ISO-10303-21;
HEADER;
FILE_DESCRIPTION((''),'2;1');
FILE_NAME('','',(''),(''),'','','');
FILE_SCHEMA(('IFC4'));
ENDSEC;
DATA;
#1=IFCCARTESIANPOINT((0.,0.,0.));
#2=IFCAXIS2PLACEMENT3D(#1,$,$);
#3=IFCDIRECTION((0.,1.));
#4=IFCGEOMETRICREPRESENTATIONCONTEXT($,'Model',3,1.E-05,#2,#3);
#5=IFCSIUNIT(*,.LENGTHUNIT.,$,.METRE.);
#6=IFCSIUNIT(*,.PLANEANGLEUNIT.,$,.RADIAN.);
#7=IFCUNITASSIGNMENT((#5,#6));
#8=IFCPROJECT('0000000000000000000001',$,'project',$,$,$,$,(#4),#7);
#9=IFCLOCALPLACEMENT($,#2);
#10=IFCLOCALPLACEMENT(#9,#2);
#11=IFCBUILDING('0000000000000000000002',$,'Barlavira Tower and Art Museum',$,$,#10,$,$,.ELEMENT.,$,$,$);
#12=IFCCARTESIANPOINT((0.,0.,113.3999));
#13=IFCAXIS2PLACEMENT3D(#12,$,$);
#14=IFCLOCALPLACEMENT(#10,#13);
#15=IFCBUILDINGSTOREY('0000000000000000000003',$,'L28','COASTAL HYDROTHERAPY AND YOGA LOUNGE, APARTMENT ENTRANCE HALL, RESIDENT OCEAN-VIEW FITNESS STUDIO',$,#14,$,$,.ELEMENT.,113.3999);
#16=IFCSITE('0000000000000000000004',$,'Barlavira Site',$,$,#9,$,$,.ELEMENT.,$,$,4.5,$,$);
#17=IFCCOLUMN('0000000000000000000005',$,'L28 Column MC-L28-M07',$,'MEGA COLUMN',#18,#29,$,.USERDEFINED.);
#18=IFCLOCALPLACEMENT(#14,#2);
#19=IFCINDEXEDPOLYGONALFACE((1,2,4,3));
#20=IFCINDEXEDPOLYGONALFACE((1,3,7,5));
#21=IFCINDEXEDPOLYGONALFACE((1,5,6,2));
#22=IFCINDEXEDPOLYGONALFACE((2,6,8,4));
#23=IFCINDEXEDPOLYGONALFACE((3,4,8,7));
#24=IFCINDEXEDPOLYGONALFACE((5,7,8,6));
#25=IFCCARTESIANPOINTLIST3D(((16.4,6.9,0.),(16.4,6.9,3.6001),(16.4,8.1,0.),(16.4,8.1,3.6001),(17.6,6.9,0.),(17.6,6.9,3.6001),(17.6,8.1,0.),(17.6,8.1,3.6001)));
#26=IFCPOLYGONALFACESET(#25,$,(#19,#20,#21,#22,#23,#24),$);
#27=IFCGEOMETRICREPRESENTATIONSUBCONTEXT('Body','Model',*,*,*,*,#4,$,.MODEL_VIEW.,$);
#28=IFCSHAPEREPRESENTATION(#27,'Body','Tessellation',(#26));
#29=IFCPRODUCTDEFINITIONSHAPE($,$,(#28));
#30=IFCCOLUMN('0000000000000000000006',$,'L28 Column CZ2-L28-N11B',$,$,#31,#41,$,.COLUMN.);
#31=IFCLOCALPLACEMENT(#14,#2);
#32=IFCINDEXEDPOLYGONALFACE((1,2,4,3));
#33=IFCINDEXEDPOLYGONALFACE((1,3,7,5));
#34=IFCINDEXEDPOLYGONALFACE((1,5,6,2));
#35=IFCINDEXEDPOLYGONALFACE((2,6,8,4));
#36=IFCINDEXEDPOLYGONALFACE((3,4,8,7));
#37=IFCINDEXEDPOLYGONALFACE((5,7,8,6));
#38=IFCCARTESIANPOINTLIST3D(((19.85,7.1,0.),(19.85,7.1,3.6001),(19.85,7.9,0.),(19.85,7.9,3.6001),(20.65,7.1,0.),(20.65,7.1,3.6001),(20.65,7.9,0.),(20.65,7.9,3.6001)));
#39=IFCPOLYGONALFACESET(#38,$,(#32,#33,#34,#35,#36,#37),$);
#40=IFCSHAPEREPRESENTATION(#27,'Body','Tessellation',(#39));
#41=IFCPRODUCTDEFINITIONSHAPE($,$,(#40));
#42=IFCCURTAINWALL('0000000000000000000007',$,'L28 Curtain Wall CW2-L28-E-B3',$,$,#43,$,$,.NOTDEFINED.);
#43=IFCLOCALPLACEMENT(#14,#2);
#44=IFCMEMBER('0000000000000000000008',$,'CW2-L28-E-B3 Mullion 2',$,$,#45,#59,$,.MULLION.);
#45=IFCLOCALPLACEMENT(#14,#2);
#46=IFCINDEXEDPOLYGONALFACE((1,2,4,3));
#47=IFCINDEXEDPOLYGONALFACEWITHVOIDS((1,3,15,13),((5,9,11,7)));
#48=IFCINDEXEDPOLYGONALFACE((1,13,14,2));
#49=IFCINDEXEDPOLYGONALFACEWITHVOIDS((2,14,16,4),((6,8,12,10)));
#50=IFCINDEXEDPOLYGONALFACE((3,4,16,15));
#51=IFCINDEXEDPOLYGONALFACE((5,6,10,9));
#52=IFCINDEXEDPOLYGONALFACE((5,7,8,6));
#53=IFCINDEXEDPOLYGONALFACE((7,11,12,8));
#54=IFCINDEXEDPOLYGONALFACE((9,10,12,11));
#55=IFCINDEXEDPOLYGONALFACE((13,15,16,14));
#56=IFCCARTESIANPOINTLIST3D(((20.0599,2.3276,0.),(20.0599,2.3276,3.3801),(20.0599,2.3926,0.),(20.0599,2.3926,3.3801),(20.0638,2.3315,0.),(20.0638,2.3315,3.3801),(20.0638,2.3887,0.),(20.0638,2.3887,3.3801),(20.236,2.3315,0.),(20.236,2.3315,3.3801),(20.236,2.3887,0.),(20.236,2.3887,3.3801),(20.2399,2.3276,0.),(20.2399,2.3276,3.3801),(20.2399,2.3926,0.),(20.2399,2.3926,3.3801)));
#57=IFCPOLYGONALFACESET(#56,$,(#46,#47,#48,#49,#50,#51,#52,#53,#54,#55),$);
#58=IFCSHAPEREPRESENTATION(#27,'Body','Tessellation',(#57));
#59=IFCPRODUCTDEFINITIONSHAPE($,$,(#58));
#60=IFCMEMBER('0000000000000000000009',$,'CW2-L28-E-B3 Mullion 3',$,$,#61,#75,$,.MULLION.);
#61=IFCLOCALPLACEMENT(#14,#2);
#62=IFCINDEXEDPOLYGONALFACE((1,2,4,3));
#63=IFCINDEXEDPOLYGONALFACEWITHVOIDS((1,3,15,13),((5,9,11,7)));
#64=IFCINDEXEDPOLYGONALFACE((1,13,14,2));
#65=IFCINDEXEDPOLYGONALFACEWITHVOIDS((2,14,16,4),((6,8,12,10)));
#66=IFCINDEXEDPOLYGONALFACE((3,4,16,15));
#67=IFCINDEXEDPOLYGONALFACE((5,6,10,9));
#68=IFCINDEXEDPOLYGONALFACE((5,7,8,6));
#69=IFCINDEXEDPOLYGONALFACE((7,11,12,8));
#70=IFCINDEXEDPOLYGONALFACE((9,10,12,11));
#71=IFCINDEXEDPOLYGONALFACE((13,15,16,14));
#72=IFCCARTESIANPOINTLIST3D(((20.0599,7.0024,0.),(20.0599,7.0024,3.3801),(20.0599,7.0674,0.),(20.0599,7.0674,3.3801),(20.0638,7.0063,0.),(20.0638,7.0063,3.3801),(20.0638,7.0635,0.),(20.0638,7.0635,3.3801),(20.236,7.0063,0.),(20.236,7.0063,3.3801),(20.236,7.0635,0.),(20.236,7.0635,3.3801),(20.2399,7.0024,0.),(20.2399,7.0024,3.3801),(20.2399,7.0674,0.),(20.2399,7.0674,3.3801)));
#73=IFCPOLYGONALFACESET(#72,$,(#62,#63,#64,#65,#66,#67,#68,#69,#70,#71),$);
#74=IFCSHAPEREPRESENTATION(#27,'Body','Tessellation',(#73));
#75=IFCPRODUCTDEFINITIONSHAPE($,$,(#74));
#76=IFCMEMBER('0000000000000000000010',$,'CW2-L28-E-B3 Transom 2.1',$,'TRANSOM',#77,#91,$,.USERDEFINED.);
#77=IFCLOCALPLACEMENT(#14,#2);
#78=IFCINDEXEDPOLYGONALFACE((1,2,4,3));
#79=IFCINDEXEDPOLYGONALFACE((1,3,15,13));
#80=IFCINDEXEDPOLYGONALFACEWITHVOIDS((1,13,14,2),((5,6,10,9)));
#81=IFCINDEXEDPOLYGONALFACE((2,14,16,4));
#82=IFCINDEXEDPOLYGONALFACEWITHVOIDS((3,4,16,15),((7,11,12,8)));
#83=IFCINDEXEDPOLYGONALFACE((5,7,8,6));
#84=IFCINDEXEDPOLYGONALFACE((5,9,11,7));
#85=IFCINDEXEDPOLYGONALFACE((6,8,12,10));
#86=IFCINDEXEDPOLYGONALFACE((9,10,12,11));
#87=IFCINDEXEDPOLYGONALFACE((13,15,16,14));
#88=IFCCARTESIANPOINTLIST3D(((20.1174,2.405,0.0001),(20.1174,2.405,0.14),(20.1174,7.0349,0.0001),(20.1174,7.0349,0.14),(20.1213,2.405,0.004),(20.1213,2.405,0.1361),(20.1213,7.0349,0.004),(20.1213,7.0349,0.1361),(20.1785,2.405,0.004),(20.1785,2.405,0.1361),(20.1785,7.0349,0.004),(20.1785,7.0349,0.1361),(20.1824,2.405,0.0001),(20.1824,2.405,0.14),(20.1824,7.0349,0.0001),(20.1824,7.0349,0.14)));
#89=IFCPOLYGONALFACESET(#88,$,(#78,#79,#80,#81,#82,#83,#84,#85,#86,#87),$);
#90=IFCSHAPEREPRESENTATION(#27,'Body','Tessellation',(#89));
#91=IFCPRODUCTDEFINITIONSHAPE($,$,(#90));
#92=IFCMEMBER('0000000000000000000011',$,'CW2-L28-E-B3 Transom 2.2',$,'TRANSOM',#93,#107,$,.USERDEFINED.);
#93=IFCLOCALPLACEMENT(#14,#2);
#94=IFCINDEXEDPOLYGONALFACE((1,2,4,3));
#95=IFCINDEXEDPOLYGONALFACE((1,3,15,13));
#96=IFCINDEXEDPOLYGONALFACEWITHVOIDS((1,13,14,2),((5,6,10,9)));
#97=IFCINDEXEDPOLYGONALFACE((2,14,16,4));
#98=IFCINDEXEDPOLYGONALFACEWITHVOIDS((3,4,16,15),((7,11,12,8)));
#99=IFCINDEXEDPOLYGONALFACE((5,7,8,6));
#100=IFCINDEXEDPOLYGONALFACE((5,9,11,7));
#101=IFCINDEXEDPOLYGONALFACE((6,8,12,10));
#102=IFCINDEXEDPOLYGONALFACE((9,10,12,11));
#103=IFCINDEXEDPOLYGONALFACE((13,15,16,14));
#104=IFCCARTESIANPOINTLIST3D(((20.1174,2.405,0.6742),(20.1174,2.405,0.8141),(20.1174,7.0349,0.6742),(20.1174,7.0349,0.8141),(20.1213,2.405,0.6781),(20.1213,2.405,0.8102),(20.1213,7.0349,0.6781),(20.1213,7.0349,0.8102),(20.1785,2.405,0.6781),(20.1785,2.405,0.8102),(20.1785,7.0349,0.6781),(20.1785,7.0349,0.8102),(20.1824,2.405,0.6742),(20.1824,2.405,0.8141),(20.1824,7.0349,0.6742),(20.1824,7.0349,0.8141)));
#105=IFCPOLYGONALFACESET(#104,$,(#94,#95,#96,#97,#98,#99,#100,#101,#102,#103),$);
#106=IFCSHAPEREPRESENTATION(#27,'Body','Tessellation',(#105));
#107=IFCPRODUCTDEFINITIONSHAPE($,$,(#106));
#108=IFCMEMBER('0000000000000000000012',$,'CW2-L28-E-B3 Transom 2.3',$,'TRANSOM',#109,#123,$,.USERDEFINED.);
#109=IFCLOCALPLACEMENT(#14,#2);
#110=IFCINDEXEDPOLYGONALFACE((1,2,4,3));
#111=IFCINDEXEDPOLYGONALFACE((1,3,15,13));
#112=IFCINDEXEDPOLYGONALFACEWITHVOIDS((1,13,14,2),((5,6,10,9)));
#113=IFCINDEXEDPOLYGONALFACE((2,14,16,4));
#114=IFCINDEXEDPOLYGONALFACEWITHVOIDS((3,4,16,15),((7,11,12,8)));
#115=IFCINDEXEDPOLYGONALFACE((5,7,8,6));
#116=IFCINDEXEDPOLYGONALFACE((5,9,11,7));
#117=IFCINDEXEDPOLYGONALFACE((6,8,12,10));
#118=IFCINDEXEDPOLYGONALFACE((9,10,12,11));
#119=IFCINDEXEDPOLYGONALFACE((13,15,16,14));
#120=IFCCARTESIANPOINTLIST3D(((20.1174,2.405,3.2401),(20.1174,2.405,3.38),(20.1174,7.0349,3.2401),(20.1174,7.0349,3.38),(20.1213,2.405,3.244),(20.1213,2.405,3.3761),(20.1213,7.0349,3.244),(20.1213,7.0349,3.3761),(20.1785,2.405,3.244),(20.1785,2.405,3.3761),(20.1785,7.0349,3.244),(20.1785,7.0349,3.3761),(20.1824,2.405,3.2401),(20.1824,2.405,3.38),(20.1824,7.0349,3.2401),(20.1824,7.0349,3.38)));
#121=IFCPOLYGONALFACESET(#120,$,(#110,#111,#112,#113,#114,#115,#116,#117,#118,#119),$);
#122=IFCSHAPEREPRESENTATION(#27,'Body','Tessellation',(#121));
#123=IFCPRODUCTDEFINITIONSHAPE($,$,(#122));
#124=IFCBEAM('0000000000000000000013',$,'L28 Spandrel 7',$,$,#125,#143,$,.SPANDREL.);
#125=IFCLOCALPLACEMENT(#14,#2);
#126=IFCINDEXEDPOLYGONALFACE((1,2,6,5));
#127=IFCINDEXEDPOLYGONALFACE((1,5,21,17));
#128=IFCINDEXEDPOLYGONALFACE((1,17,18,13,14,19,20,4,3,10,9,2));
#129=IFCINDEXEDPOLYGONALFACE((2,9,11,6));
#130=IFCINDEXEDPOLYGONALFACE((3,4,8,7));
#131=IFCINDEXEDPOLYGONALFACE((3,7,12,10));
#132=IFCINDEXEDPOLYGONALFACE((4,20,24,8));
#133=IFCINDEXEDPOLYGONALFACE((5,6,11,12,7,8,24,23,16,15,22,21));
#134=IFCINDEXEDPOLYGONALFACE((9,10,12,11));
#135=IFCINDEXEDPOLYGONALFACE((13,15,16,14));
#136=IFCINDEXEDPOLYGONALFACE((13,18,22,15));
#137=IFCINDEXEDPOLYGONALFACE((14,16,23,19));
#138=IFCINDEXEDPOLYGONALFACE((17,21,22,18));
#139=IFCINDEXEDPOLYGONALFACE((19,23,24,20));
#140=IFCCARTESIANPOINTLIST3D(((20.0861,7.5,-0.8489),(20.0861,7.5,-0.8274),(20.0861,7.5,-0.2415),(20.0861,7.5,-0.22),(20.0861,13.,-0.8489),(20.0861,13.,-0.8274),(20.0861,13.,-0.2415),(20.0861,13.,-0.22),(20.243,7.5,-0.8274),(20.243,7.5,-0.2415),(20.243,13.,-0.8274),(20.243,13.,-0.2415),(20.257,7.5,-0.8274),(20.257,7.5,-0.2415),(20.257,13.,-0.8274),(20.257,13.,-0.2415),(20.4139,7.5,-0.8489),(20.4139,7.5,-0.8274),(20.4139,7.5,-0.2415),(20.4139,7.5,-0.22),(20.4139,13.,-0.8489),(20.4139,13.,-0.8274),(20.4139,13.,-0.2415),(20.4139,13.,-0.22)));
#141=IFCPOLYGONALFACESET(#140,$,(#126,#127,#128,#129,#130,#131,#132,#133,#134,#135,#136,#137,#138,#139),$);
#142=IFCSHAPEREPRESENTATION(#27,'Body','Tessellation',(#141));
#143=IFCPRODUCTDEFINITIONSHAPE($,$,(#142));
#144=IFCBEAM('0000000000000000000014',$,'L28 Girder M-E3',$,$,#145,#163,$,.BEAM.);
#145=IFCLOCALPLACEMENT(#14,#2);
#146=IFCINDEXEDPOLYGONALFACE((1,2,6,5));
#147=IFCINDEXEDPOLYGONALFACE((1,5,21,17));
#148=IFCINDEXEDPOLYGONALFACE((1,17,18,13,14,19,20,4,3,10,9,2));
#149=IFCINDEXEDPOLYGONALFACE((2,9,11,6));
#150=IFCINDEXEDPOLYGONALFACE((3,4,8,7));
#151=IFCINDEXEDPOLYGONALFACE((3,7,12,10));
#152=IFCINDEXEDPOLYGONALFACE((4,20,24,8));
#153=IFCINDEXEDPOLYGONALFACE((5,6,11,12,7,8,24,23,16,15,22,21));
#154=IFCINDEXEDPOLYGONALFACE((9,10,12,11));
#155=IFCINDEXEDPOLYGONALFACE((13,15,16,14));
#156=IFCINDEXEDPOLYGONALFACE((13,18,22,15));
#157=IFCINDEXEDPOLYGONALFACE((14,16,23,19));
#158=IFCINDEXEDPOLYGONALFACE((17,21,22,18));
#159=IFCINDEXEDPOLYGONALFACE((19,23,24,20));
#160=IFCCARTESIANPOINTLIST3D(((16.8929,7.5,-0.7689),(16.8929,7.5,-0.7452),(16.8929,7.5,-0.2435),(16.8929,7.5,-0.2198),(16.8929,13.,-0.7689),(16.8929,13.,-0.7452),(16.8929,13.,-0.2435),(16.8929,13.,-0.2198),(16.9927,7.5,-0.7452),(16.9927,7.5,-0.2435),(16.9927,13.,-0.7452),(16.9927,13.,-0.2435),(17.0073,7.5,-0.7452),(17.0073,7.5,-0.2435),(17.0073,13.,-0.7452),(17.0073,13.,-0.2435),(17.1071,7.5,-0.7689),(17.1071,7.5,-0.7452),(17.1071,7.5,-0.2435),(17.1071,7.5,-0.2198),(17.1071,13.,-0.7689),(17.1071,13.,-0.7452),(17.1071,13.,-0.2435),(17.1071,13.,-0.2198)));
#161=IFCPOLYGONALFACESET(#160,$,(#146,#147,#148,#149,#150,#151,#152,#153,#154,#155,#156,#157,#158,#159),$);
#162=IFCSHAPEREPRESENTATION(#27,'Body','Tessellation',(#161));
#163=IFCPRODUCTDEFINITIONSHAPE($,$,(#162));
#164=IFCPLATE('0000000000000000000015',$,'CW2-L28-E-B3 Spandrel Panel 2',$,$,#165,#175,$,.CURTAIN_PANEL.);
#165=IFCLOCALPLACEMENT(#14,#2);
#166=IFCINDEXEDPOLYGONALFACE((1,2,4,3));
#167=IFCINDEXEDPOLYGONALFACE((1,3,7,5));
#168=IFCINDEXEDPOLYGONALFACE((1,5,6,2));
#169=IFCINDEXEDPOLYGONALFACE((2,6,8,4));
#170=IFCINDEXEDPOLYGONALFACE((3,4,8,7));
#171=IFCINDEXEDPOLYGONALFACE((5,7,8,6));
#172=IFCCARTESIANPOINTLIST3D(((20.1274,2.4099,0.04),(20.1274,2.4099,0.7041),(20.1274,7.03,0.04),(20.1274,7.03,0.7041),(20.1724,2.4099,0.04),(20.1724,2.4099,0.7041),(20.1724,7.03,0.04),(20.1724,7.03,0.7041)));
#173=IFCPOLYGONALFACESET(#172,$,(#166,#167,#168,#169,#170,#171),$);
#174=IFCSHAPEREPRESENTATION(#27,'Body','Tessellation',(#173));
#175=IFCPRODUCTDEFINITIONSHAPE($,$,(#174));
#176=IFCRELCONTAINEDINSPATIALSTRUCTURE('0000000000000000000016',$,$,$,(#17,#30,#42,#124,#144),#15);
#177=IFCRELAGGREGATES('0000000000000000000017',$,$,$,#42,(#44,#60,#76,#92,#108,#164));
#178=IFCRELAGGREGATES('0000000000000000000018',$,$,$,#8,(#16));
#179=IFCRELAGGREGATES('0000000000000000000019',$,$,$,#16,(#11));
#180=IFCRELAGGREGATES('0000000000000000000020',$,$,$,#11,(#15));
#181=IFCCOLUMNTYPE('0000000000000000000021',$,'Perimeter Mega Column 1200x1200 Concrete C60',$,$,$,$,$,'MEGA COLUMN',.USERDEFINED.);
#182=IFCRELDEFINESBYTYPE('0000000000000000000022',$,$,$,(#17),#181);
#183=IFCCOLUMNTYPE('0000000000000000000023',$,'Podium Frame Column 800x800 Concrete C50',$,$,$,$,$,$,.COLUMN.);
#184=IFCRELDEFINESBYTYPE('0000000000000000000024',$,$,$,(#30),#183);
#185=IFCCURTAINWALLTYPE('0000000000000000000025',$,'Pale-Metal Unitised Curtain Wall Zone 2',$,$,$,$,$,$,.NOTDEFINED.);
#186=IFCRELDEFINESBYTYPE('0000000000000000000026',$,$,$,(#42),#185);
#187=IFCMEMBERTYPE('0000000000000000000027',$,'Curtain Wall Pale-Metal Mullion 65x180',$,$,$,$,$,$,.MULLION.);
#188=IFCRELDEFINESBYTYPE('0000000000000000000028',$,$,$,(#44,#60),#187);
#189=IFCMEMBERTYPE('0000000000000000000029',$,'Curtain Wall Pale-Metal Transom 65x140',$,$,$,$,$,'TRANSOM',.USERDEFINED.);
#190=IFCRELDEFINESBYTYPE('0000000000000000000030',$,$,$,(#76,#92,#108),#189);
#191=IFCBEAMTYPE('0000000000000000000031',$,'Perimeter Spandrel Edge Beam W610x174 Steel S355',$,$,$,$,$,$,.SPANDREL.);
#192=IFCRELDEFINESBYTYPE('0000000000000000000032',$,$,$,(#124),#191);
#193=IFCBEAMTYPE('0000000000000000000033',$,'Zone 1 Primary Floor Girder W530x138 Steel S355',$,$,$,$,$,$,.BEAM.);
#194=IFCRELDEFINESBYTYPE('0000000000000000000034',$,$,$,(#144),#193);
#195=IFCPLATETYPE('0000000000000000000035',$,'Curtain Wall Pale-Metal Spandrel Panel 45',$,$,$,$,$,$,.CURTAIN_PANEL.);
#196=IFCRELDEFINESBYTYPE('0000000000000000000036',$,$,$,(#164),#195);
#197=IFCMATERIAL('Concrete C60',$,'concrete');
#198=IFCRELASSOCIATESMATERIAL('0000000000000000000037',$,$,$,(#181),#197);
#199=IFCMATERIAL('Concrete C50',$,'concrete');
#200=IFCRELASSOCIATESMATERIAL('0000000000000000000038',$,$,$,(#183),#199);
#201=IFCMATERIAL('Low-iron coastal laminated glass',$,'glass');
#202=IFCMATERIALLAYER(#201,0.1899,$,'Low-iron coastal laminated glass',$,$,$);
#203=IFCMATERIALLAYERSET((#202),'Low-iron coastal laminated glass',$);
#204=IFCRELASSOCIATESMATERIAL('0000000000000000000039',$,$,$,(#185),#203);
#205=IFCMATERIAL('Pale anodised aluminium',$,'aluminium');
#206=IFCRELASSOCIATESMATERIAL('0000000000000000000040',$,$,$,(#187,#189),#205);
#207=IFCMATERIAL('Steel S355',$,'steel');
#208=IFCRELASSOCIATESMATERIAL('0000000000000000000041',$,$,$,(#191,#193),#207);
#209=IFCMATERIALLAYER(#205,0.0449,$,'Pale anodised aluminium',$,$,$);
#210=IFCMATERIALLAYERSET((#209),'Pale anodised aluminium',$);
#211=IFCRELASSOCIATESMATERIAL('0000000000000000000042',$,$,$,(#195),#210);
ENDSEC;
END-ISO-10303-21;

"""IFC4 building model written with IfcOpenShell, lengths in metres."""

from ifc_helpers import new_model, si_unit, direction, frame, origin, origin_2d, place, context, subcontext, project, spatial, rectangle, hollow_rectangle, i_section, extrude, material, layer, layer_set, material_profile, profile_set, type_object, element, aggregate, save


model = new_model("IFC4")

# Units and contexts
model_context = context("Model", 3, precision=1e-05, world=origin(), true_north=direction((0.0, 1.0)))
body_context = subcontext(model_context, "Body", "Model", "MODEL_VIEW")
ifc_project = project(units=[si_unit("LENGTHUNIT", "METRE"), si_unit("PLANEANGLEUNIT", "RADIAN")], contexts=[model_context])

# Site, building, storey
site_placement = place(None, origin())
site = spatial("IfcSite", under=ifc_project, at=site_placement, Name="Barlavira Site", CompositionType="ELEMENT", RefElevation=4.5)
building_placement = place(site_placement, origin())
building = spatial("IfcBuilding", under=site, at=building_placement, Name="Barlavira Tower and Art Museum", CompositionType="ELEMENT")
storey_placement = place(building_placement, frame((0.0, 0.0, 113.3999)))
storey = spatial("IfcBuildingStorey", under=building, at=storey_placement, Name="L28", Description="COASTAL HYDROTHERAPY AND YOGA LOUNGE, APARTMENT ENTRANCE HALL, RESIDENT OCEAN-VIEW FITNESS STUDIO", CompositionType="ELEMENT", Elevation=113.3999)

# Columns
ifc_material_1 = material(Name="Concrete C60", Category="concrete")
ifc_material_profile_1 = material_profile(ifc_material_1, rectangle(XDim=1.2, YDim=1.2, at=origin_2d()), Name="RC-COL 1200x1200")
ifc_profile_set_1 = profile_set([ifc_material_profile_1], Name="Concrete C60")
column_type_1 = type_object("IfcColumnType", Name="Perimeter Mega Column 1200x1200 Concrete C60", ElementType="MEGA COLUMN", PredefinedType="USERDEFINED", material=ifc_profile_set_1)
column_1_placement = place(storey_placement, frame((17.0, 7.5, 0.0), z_axis=(0.0, 0.0, 1.0), x_axis=(1.0, 0.0, 0.0)))
element("IfcColumn", 1, at=column_1_placement, inside=storey, type_object=column_type_1, Name="L28 Column MC-L28-M07", ObjectType="MEGA COLUMN", PredefinedType="USERDEFINED", context=body_context, shape_type="SweptSolid", body=[
    extrude(rectangle(XDim=1.2, YDim=1.2, at=origin_2d()), origin(), (0.0, 0.0, 1.0), 3.6001),
])
ifc_material_2 = material(Name="Concrete C50", Category="concrete")
ifc_material_profile_2 = material_profile(ifc_material_2, rectangle(XDim=0.8, YDim=0.8, at=origin_2d()), Name="RC-COL 800x800")
ifc_profile_set_2 = profile_set([ifc_material_profile_2], Name="Concrete C50")
column_type_2 = type_object("IfcColumnType", Name="Podium Frame Column 800x800 Concrete C50", PredefinedType="COLUMN", material=ifc_profile_set_2)
column_2_placement = place(storey_placement, frame((20.25, 7.5, 0.0), z_axis=(0.0, 0.0, 1.0), x_axis=(1.0, 0.0, 0.0)))
element("IfcColumn", 2, at=column_2_placement, inside=storey, type_object=column_type_2, Name="L28 Column CZ2-L28-N11B", PredefinedType="COLUMN", context=body_context, shape_type="SweptSolid", body=[
    extrude(rectangle(XDim=0.8, YDim=0.8, at=origin_2d()), origin(), (0.0, 0.0, 1.0), 3.6001),
])

# Curtain wall, members
ifc_material_3 = material(Name="Low-iron coastal laminated glass", Category="glass")
ifc_layer_1 = layer(ifc_material_3, 0.1899, Name="Low-iron coastal laminated glass")
ifc_layer_set_1 = layer_set([ifc_layer_1], Name="Low-iron coastal laminated glass")
curtain_wall_type = type_object("IfcCurtainWallType", Name="Pale-Metal Unitised Curtain Wall Zone 2", PredefinedType="NOTDEFINED", material=ifc_layer_set_1)
curtain_wall_placement = place(storey_placement, origin())
curtain_wall = element("IfcCurtainWall", 3, at=curtain_wall_placement, inside=storey, type_object=curtain_wall_type, Name="L28 Curtain Wall CW2-L28-E-B3", PredefinedType="NOTDEFINED")
ifc_material_4 = material(Name="Pale anodised aluminium", Category="aluminium")
ifc_material_profile_3 = material_profile(ifc_material_4, hollow_rectangle(XDim=0.0649, YDim=0.1799, WallThickness=0.0039, at=origin_2d()), Name="ALU-MULL 65x180x4")
ifc_profile_set_3 = profile_set([ifc_material_profile_3], Name="Pale anodised aluminium")
member_type_1 = type_object("IfcMemberType", Name="Curtain Wall Pale-Metal Mullion 65x180", PredefinedType="MULLION", material=ifc_profile_set_3)
member_1_placement = place(storey_placement, frame((20.1499, 2.3601, 0.0), z_axis=(0.0, 0.0, 1.0), x_axis=(0.0, 1.0, 0.0)))
member_1 = element("IfcMember", 4, at=member_1_placement, type_object=member_type_1, Name="CW2-L28-E-B3 Mullion 2", PredefinedType="MULLION", context=body_context, shape_type="SweptSolid", body=[
    extrude(hollow_rectangle(XDim=0.0649, YDim=0.1799, WallThickness=0.0039, at=origin_2d()), origin(), (0.0, 0.0, 1.0), 3.3801),
])
member_2_placement = place(storey_placement, frame((20.1499, 7.0349, 0.0), z_axis=(0.0, 0.0, 1.0), x_axis=(0.0, 1.0, 0.0)))
member_2 = element("IfcMember", 5, at=member_2_placement, type_object=member_type_1, Name="CW2-L28-E-B3 Mullion 3", PredefinedType="MULLION", context=body_context, shape_type="SweptSolid", body=[
    extrude(hollow_rectangle(XDim=0.0649, YDim=0.1799, WallThickness=0.0039, at=origin_2d()), origin(), (0.0, 0.0, 1.0), 3.3801),
])
ifc_material_profile_4 = material_profile(ifc_material_4, hollow_rectangle(XDim=0.0649, YDim=0.1399, WallThickness=0.0039, at=origin_2d()), Name="ALU-TRAN 65x140x4")
ifc_profile_set_4 = profile_set([ifc_material_profile_4], Name="Pale anodised aluminium")
member_type_2 = type_object("IfcMemberType", Name="Curtain Wall Pale-Metal Transom 65x140", ElementType="TRANSOM", PredefinedType="USERDEFINED", material=ifc_profile_set_4)
member_3_placement = place(storey_placement, frame((20.1499, 2.405, 0.0701), z_axis=(0.0, 1.0, 0.0), x_axis=(-1.0, 0.0, 0.0)))
member_3 = element("IfcMember", 6, at=member_3_placement, type_object=member_type_2, Name="CW2-L28-E-B3 Transom 2.1", ObjectType="TRANSOM", PredefinedType="USERDEFINED", context=body_context, shape_type="SweptSolid", body=[
    extrude(hollow_rectangle(XDim=0.0649, YDim=0.1399, WallThickness=0.0039, at=origin_2d()), origin(), (0.0, 0.0, 1.0), 4.6299),
])
member_4_placement = place(storey_placement, frame((20.1499, 2.405, 0.7441), z_axis=(0.0, 1.0, 0.0), x_axis=(-1.0, 0.0, 0.0)))
member_4 = element("IfcMember", 7, at=member_4_placement, type_object=member_type_2, Name="CW2-L28-E-B3 Transom 2.2", ObjectType="TRANSOM", PredefinedType="USERDEFINED", context=body_context, shape_type="SweptSolid", body=[
    extrude(hollow_rectangle(XDim=0.0649, YDim=0.1399, WallThickness=0.0039, at=origin_2d()), origin(), (0.0, 0.0, 1.0), 4.6299),
])
member_5_placement = place(storey_placement, frame((20.1499, 2.405, 3.3101), z_axis=(0.0, 1.0, 0.0), x_axis=(-1.0, 0.0, 0.0)))
member_5 = element("IfcMember", 8, at=member_5_placement, type_object=member_type_2, Name="CW2-L28-E-B3 Transom 2.3", ObjectType="TRANSOM", PredefinedType="USERDEFINED", context=body_context, shape_type="SweptSolid", body=[
    extrude(hollow_rectangle(XDim=0.0649, YDim=0.1399, WallThickness=0.0039, at=origin_2d()), origin(), (0.0, 0.0, 1.0), 4.6299),
])

# Beams
ifc_material_5 = material(Name="Steel S355", Category="steel")
ifc_material_profile_5 = material_profile(ifc_material_5, i_section(OverallWidth=0.3279, OverallDepth=0.6289, WebThickness=0.0139, FlangeThickness=0.0215, at=origin_2d()), Name="W610x174.0")
ifc_profile_set_5 = profile_set([ifc_material_profile_5], Name="Steel S355")
beam_type_1 = type_object("IfcBeamType", Name="Perimeter Spandrel Edge Beam W610x174 Steel S355", PredefinedType="SPANDREL", material=ifc_profile_set_5)
beam_1_placement = place(storey_placement, frame((20.25, 7.5, -0.5344), z_axis=(0.0, 1.0, 0.0), x_axis=(-1.0, 0.0, 0.0)))
element("IfcBeam", 9, at=beam_1_placement, inside=storey, type_object=beam_type_1, Name="L28 Spandrel 7", PredefinedType="SPANDREL", context=body_context, shape_type="SweptSolid", body=[
    extrude(i_section(OverallWidth=0.3279, OverallDepth=0.6289, WebThickness=0.0139, FlangeThickness=0.0215, at=origin_2d()), origin(), (0.0, 0.0, 1.0), 5.5),
])
ifc_material_profile_6 = material_profile(ifc_material_5, i_section(OverallWidth=0.2141, OverallDepth=0.5491, WebThickness=0.0146, FlangeThickness=0.0237, at=origin_2d()), Name="W530x138.0")
ifc_profile_set_6 = profile_set([ifc_material_profile_6], Name="Steel S355")
beam_type_2 = type_object("IfcBeamType", Name="Zone 1 Primary Floor Girder W530x138 Steel S355", PredefinedType="BEAM", material=ifc_profile_set_6)
beam_2_placement = place(storey_placement, frame((17.0, 7.5, -0.4944), z_axis=(0.0, 1.0, 0.0), x_axis=(-1.0, 0.0, 0.0)))
element("IfcBeam", 10, at=beam_2_placement, inside=storey, type_object=beam_type_2, Name="L28 Girder M-E3", PredefinedType="BEAM", context=body_context, shape_type="SweptSolid", body=[
    extrude(i_section(OverallWidth=0.2141, OverallDepth=0.5491, WebThickness=0.0146, FlangeThickness=0.0237, at=origin_2d()), origin(), (0.0, 0.0, 1.0), 5.5),
])

# Plate
ifc_layer_2 = layer(ifc_material_4, 0.0449, Name="Pale anodised aluminium")
ifc_layer_set_2 = layer_set([ifc_layer_2], Name="Pale anodised aluminium")
plate_type_1 = type_object("IfcPlateType", Name="Curtain Wall Pale-Metal Spandrel Panel 45", PredefinedType="CURTAIN_PANEL", material=ifc_layer_set_2)
plate_1_placement = place(storey_placement, frame((20.1499, 4.72, 0.04), z_axis=(0.0, 0.0, 1.0), x_axis=(0.0, 1.0, 0.0)))
plate_1 = element("IfcPlate", 11, at=plate_1_placement, type_object=plate_type_1, Name="CW2-L28-E-B3 Spandrel Panel 2", PredefinedType="CURTAIN_PANEL", context=body_context, shape_type="SweptSolid", body=[
    extrude(rectangle(XDim=4.6201, YDim=0.0449, at=origin_2d()), origin(), (0.0, 0.0, 1.0), 0.6641),
])
aggregate(curtain_wall, [member_1, member_2, member_3, member_4, member_5, plate_1])

save(model, "model.ifc")
